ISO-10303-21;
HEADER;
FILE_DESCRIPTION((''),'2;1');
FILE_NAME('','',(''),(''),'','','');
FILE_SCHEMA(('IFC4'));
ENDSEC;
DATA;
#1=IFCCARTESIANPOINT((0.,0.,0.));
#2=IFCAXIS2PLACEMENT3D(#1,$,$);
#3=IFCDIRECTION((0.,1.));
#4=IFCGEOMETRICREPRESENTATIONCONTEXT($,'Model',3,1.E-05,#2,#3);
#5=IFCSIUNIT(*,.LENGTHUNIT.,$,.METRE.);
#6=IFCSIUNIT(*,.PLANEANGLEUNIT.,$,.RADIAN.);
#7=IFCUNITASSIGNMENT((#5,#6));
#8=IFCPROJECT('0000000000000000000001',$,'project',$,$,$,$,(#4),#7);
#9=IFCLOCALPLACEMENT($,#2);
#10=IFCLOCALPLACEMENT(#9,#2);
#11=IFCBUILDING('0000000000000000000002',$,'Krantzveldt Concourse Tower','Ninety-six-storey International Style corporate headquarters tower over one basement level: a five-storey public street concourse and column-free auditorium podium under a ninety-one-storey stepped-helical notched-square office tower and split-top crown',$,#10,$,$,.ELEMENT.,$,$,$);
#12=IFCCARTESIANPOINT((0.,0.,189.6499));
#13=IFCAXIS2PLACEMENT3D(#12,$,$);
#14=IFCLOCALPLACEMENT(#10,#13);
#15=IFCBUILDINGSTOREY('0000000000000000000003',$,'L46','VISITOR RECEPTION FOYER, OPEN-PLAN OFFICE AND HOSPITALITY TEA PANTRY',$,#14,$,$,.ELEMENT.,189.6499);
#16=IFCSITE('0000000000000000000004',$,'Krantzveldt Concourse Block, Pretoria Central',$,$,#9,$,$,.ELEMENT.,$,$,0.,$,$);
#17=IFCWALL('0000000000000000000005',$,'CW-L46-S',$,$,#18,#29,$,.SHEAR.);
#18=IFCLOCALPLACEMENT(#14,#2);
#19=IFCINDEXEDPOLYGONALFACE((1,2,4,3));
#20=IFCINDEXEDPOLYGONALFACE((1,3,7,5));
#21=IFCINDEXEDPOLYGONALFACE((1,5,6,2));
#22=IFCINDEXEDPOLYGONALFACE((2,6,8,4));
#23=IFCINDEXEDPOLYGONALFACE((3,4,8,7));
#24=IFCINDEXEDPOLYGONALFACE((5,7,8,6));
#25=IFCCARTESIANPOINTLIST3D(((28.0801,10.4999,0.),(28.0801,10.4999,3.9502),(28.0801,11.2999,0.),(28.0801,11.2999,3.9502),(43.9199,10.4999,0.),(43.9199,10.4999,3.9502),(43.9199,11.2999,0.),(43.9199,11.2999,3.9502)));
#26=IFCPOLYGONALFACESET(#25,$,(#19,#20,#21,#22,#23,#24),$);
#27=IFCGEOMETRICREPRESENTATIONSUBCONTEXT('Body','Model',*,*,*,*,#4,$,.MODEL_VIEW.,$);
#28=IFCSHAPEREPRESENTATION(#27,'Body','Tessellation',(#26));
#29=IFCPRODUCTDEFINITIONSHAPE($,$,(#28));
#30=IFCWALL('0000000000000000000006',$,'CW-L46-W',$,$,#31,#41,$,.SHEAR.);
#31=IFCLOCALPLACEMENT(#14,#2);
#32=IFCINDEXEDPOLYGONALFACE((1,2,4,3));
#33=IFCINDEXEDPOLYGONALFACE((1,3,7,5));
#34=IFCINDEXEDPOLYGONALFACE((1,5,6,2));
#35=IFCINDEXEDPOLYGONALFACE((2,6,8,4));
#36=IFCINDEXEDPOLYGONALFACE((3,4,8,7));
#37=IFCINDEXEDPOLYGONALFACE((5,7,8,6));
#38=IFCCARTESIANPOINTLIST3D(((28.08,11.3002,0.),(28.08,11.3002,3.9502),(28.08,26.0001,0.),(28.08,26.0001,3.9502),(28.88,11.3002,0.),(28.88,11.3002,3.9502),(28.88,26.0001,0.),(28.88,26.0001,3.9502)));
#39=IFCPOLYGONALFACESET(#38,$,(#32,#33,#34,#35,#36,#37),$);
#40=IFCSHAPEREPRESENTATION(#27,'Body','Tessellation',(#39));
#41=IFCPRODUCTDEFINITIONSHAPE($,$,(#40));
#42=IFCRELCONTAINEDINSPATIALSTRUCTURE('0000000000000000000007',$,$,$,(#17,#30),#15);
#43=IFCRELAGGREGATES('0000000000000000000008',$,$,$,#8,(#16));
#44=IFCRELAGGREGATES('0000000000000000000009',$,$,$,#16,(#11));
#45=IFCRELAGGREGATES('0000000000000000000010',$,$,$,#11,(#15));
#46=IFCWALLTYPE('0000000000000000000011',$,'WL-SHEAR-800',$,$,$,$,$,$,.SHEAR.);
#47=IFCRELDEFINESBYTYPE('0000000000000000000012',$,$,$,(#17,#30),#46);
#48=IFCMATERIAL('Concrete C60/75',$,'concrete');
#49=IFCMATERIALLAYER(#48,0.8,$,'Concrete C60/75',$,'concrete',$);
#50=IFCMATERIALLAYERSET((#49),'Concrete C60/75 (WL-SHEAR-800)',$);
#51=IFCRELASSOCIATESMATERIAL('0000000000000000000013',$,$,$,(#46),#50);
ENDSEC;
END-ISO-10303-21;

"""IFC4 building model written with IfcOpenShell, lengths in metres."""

from ifc_helpers import new_model, si_unit, direction, frame, frame_2d, origin, place, context, subcontext, project, spatial, rectangle, extrude, material, layer, layer_set, type_object, element, save


model = new_model("IFC4")

# Units and contexts
model_context = context("Model", 3, precision=1e-05, world=origin(), true_north=direction((0.0, 1.0)))
body_context = subcontext(model_context, "Body", "Model", "MODEL_VIEW")
ifc_project = project(units=[si_unit("LENGTHUNIT", "METRE"), si_unit("PLANEANGLEUNIT", "RADIAN")], contexts=[model_context])

# Site, building, storey
site_placement = place(None, origin())
site = spatial("IfcSite", under=ifc_project, at=site_placement, Name="Krantzveldt Concourse Block, Pretoria Central", CompositionType="ELEMENT", RefElevation=0.0)
building_placement = place(site_placement, origin())
building = spatial("IfcBuilding", under=site, at=building_placement, Name="Krantzveldt Concourse Tower", Description="Ninety-six-storey International Style corporate headquarters tower over one basement level: a five-storey public street concourse and column-free auditorium podium under a ninety-one-storey stepped-helical notched-square office tower and split-top crown", CompositionType="ELEMENT")
storey_placement = place(building_placement, frame((0.0, 0.0, 189.6499)))
storey = spatial("IfcBuildingStorey", under=building, at=storey_placement, Name="L46", Description="VISITOR RECEPTION FOYER, OPEN-PLAN OFFICE AND HOSPITALITY TEA PANTRY", CompositionType="ELEMENT", Elevation=189.6499)

# Walls
ifc_material_1 = material(Name="Concrete C60/75", Category="concrete")
ifc_layer_1 = layer(ifc_material_1, 0.8, Name="Concrete C60/75", Category="concrete")
ifc_layer_set_1 = layer_set([ifc_layer_1], Name="Concrete C60/75 (WL-SHEAR-800)")
wall_type_1 = type_object("IfcWallType", Name="WL-SHEAR-800", PredefinedType="SHEAR", material=ifc_layer_set_1)
wall_1_placement = place(storey_placement, frame((28.0801, 10.8999, 0.0), z_axis=(0.0, 0.0, 1.0), x_axis=(1.0, 0.0, 0.0)))
element("IfcWall", 1, at=wall_1_placement, inside=storey, type_object=wall_type_1, Name="CW-L46-S", PredefinedType="SHEAR", context=body_context, shape_type="SweptSolid", body=[
    extrude(rectangle(XDim=15.8398, YDim=0.8, at=frame_2d((7.9199, 0.0))), origin(), (0.0, 0.0, 1.0), 3.9502),
])
wall_2_placement = place(storey_placement, frame((28.48, 11.3, 0.0), z_axis=(0.0, 0.0, 1.0), x_axis=(0.0, 1.0, 0.0)))
element("IfcWall", 2, at=wall_2_placement, inside=storey, type_object=wall_type_1, Name="CW-L46-W", PredefinedType="SHEAR", context=body_context, shape_type="SweptSolid", body=[
    extrude(rectangle(XDim=14.7, YDim=0.8, at=frame_2d((7.3501, 0.0))), origin(), (0.0, 0.0, 1.0), 3.9502),
])

save(model, "model.ifc")
